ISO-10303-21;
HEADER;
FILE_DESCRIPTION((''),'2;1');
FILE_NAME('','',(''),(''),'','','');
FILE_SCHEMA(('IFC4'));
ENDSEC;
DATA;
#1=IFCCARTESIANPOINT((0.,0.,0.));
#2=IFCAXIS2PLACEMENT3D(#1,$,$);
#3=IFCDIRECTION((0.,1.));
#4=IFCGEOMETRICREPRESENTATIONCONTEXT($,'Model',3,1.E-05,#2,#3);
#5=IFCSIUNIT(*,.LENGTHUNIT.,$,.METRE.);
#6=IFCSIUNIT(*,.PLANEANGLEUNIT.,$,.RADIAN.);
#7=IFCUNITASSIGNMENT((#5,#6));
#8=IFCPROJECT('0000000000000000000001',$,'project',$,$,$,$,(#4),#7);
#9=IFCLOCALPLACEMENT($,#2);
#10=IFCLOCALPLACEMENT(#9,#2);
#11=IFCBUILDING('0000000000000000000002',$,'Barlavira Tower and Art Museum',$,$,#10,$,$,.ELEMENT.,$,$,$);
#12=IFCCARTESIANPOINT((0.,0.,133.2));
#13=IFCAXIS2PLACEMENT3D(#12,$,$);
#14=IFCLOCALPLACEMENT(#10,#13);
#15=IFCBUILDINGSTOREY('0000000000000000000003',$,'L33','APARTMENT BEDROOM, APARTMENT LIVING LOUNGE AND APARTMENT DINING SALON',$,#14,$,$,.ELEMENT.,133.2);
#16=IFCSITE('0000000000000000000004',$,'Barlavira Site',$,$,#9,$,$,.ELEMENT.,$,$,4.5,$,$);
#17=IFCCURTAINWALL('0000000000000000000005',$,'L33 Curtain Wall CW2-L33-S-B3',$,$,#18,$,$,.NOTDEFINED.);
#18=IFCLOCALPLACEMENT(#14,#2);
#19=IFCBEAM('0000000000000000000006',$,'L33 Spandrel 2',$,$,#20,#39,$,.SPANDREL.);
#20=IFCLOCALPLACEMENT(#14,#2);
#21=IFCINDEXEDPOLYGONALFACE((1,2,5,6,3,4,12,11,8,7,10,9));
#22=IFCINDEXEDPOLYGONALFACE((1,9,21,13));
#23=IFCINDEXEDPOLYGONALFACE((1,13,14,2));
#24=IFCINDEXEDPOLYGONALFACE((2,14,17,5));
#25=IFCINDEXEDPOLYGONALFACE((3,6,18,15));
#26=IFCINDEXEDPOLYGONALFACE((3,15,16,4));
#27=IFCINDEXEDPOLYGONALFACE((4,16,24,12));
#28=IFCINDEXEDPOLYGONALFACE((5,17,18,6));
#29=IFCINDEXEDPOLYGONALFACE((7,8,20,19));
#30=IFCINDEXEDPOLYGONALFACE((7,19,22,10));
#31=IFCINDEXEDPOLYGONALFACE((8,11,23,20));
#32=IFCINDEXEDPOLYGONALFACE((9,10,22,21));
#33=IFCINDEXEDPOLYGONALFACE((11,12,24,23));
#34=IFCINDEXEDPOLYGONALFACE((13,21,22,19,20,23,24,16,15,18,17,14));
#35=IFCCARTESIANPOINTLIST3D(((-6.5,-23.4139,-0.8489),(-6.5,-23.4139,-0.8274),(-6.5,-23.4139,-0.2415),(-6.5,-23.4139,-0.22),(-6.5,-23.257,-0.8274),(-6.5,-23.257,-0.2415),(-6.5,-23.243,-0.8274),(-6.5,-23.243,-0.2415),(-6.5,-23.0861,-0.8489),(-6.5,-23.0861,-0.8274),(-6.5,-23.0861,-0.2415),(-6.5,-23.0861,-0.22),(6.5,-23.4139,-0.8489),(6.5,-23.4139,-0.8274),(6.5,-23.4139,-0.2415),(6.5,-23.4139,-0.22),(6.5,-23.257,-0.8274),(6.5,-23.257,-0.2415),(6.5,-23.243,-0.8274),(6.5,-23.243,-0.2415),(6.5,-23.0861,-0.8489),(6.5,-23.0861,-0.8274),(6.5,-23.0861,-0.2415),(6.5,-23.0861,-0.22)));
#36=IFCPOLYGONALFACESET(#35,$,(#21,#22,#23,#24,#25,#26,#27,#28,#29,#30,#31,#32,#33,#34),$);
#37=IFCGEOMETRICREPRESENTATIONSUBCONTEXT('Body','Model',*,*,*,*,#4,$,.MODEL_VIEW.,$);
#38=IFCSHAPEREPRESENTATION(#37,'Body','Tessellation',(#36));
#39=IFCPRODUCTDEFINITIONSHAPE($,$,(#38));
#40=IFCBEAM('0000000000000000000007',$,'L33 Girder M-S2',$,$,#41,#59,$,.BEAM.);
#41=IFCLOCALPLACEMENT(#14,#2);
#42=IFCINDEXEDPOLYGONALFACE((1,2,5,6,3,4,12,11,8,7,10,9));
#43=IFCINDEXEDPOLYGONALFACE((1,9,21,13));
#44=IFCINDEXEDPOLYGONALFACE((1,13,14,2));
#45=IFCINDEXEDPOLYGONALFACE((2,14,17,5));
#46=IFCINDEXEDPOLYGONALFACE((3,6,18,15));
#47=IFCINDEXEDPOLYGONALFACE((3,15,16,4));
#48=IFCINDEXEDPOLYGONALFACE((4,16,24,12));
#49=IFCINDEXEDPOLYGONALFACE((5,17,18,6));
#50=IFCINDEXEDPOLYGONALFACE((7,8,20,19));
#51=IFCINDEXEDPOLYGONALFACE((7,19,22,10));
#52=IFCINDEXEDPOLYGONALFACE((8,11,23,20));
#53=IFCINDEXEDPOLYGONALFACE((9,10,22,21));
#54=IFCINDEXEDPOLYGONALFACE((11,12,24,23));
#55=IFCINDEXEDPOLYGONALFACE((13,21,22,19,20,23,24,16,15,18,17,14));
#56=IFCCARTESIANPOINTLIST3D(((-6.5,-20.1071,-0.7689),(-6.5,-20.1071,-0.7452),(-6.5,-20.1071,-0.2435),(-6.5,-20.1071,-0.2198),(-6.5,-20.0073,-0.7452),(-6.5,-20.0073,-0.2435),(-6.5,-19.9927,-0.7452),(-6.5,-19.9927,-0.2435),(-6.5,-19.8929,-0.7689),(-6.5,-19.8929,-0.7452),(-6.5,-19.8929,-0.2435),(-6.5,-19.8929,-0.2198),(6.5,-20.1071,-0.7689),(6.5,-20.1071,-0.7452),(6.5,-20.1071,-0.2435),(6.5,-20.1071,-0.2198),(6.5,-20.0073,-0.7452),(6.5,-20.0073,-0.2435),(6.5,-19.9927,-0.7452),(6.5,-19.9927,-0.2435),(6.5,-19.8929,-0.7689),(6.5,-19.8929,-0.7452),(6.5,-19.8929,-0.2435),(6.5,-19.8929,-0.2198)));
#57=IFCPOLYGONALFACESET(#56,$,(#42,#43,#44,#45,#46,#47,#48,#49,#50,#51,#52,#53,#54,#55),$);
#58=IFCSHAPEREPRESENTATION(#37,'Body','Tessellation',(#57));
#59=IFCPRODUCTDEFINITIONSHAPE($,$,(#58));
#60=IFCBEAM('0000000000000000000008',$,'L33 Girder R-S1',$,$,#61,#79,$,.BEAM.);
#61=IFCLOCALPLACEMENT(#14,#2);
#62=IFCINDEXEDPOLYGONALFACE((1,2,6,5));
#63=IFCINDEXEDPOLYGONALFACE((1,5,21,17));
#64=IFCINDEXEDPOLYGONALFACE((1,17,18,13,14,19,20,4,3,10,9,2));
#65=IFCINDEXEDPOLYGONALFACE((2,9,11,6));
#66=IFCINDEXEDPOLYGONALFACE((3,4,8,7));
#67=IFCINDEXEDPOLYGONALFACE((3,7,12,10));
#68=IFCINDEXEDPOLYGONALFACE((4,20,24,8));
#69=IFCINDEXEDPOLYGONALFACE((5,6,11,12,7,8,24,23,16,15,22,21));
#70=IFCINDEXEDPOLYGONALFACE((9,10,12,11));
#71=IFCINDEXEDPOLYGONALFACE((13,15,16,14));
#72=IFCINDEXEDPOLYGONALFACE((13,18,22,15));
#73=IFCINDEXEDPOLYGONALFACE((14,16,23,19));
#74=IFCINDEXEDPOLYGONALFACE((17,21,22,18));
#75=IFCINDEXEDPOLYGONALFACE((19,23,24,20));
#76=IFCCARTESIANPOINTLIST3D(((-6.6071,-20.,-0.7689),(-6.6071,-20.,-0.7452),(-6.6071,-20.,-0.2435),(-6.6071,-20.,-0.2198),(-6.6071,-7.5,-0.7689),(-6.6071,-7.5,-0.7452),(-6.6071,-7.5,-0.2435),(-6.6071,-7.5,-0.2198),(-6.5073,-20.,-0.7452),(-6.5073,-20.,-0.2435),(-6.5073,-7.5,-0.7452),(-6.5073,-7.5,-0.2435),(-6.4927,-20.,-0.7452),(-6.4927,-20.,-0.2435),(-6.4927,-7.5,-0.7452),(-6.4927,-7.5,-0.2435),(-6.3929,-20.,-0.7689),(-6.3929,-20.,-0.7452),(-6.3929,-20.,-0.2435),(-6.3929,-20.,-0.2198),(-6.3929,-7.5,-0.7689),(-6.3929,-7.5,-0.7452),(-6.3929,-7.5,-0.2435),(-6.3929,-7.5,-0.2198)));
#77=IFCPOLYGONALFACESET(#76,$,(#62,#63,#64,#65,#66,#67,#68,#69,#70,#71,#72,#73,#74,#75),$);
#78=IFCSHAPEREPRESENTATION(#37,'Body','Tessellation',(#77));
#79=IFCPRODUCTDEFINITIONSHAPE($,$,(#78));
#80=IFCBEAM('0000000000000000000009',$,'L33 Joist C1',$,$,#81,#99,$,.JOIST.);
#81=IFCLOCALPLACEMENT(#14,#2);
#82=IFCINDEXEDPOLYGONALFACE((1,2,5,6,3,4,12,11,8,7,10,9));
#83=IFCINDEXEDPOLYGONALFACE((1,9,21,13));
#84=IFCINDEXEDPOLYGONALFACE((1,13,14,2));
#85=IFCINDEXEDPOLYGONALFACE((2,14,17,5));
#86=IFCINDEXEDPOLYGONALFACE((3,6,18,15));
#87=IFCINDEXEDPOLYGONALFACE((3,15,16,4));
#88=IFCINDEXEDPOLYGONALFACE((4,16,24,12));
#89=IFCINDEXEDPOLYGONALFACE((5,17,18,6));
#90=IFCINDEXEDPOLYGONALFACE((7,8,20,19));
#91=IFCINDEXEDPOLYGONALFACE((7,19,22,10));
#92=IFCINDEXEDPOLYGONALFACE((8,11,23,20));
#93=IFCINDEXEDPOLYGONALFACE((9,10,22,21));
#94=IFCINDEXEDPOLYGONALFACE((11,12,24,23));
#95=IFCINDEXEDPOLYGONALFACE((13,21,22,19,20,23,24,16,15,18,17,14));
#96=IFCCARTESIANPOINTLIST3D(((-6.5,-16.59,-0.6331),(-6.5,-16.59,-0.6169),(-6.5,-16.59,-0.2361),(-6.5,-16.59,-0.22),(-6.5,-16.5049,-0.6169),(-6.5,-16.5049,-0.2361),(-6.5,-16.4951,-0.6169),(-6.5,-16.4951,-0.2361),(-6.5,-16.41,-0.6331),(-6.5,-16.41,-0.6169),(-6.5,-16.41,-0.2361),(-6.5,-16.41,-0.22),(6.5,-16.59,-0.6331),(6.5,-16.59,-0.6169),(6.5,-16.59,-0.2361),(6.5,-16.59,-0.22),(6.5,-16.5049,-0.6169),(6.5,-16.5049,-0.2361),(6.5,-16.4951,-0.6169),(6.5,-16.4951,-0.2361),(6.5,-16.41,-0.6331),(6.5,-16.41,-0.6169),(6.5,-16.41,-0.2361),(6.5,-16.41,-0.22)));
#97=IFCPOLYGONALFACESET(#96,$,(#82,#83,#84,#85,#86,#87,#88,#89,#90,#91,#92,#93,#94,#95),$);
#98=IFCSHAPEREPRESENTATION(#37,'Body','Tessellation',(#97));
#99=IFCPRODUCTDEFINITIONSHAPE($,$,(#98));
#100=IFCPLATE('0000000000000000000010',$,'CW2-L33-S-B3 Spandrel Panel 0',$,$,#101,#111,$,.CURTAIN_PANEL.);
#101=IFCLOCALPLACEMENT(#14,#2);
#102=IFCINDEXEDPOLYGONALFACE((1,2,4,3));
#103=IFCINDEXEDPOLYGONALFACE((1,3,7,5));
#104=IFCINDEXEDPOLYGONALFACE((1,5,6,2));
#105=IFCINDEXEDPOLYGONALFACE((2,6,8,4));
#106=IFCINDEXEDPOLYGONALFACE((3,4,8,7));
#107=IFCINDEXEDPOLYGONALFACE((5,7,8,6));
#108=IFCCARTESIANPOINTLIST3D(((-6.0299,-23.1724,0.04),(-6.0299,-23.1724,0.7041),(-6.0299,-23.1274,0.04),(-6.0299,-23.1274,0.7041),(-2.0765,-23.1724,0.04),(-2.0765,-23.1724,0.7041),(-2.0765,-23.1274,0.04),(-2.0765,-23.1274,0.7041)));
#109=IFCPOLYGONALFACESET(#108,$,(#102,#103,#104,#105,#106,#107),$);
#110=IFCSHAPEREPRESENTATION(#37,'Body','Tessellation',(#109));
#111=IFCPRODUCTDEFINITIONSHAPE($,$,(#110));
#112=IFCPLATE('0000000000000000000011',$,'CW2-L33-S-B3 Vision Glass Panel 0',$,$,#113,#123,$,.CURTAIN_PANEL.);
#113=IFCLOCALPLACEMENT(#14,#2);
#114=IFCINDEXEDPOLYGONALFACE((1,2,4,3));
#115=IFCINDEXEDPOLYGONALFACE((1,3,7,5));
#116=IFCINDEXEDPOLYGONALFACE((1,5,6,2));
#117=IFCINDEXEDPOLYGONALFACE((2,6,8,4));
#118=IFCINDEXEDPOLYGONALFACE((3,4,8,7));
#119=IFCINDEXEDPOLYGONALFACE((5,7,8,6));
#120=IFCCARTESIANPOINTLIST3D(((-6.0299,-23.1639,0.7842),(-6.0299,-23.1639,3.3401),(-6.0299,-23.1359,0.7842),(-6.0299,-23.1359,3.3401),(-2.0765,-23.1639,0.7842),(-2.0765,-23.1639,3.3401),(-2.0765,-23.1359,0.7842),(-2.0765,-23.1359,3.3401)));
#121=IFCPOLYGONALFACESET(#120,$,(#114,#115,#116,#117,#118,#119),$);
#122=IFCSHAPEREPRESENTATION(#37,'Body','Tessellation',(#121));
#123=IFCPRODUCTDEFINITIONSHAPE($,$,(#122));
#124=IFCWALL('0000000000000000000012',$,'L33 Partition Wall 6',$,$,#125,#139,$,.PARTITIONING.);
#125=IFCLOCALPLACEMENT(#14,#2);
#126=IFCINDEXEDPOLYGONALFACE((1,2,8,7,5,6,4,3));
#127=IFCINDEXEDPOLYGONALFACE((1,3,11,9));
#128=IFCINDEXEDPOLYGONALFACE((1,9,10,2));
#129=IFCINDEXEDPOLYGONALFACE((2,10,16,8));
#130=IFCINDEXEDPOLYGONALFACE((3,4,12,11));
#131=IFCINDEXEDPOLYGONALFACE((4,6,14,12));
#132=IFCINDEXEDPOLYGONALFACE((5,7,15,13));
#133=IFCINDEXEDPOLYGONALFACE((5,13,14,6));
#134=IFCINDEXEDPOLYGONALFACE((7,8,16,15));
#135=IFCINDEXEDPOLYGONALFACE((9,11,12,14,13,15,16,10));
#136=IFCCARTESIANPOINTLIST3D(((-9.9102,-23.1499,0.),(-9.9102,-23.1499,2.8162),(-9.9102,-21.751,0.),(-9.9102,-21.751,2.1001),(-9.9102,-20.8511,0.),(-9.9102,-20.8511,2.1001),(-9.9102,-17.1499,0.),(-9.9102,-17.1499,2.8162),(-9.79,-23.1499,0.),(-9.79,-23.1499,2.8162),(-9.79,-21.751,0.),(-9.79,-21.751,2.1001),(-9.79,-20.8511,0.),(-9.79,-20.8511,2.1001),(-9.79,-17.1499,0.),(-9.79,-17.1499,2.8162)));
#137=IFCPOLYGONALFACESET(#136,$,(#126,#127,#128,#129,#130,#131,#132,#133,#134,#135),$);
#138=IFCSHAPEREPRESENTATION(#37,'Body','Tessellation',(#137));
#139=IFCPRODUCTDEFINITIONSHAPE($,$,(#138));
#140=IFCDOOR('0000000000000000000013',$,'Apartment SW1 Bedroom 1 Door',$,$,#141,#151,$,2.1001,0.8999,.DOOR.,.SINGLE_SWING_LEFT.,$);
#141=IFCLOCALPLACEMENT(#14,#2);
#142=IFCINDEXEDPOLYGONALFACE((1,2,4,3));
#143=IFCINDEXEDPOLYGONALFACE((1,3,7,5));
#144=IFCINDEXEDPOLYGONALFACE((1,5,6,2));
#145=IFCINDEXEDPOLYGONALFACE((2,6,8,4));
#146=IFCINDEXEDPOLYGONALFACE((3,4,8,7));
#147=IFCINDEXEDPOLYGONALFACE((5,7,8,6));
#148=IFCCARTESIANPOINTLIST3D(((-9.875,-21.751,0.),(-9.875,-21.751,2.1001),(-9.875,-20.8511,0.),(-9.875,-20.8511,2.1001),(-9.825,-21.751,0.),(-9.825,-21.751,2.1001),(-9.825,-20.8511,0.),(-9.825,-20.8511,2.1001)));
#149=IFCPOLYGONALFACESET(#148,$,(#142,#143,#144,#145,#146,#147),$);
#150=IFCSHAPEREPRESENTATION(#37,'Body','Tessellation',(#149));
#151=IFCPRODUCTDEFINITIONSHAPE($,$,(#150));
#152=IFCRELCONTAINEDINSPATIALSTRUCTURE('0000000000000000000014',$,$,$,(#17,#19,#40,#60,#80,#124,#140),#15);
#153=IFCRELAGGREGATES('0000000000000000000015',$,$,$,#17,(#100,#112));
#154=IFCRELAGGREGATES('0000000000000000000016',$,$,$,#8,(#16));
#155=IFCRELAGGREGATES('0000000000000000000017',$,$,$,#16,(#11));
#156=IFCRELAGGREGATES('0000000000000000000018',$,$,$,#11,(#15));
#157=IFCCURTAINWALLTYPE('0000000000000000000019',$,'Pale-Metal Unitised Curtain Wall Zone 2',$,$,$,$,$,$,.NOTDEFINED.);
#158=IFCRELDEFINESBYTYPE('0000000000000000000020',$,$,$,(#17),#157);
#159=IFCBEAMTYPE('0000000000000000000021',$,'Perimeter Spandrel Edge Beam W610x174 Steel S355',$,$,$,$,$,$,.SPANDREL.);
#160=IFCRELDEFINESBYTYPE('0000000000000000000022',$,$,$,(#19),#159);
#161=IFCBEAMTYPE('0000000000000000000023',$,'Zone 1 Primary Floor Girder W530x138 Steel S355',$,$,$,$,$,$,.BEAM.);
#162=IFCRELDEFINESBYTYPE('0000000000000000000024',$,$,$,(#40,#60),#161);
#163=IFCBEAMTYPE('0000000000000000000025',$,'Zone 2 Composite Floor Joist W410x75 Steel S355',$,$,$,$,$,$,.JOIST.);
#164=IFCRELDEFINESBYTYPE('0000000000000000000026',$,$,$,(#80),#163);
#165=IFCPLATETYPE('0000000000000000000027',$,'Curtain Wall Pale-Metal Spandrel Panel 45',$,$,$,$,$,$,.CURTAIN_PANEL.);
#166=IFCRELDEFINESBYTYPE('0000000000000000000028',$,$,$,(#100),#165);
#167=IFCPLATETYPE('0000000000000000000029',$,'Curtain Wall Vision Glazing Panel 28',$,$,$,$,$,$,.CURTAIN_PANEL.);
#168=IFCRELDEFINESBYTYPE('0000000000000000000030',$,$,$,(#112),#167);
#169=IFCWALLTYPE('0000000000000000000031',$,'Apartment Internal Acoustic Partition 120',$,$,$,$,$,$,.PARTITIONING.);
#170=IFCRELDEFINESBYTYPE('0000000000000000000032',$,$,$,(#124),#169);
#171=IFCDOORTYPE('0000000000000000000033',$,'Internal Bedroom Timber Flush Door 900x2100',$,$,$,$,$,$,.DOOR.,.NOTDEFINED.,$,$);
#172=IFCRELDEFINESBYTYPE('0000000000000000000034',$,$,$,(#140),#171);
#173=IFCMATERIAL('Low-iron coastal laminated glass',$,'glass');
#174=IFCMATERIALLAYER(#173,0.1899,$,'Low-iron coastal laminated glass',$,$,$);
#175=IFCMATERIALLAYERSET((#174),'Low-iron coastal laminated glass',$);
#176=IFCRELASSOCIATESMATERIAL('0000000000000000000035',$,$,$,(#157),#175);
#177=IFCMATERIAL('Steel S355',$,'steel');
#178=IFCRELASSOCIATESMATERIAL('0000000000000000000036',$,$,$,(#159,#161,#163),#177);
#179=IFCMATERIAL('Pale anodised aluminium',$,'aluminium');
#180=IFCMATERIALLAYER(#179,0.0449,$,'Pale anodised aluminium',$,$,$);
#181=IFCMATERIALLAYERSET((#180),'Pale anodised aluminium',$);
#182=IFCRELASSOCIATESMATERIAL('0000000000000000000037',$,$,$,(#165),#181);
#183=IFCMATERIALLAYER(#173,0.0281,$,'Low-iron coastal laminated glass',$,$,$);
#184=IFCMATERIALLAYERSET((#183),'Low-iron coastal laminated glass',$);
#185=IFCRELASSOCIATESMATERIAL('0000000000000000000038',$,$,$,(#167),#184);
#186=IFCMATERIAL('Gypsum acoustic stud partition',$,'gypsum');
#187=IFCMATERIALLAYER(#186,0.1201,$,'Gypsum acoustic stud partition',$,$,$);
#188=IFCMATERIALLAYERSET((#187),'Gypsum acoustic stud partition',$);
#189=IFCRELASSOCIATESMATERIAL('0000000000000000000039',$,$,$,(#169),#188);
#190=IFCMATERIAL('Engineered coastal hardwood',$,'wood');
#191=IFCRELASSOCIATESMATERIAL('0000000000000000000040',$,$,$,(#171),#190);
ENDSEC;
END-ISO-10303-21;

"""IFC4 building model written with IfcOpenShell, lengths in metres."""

from ifc_helpers import new_model, si_unit, direction, frame, frame_2d, origin, origin_2d, place, context, subcontext, project, spatial, rectangle, i_section, extrude, material, layer, layer_set, material_profile, profile_set, type_object, element, fill, aggregate, save


model = new_model("IFC4")

# Units and contexts
model_context = context("Model", 3, precision=1e-05, world=origin(), true_north=direction((0.0, 1.0)))
body_context = subcontext(model_context, "Body", "Model", "MODEL_VIEW")
ifc_project = project(units=[si_unit("LENGTHUNIT", "METRE"), si_unit("PLANEANGLEUNIT", "RADIAN")], contexts=[model_context])

# Site, building, storey
site_placement = place(None, origin())
site = spatial("IfcSite", under=ifc_project, at=site_placement, Name="Barlavira Site", CompositionType="ELEMENT", RefElevation=4.5)
building_placement = place(site_placement, origin())
building = spatial("IfcBuilding", under=site, at=building_placement, Name="Barlavira Tower and Art Museum", CompositionType="ELEMENT")
storey_placement = place(building_placement, frame((0.0, 0.0, 133.2)))
storey = spatial("IfcBuildingStorey", under=building, at=storey_placement, Name="L33", Description="APARTMENT BEDROOM, APARTMENT LIVING LOUNGE AND APARTMENT DINING SALON", CompositionType="ELEMENT", Elevation=133.2)

# Curtain wall
ifc_material_1 = material(Name="Low-iron coastal laminated glass", Category="glass")
ifc_layer_1 = layer(ifc_material_1, 0.1899, Name="Low-iron coastal laminated glass")
ifc_layer_set_1 = layer_set([ifc_layer_1], Name="Low-iron coastal laminated glass")
curtain_wall_type = type_object("IfcCurtainWallType", Name="Pale-Metal Unitised Curtain Wall Zone 2", PredefinedType="NOTDEFINED", material=ifc_layer_set_1)
curtain_wall_placement = place(storey_placement, origin())
curtain_wall = element("IfcCurtainWall", 1, at=curtain_wall_placement, inside=storey, type_object=curtain_wall_type, Name="L33 Curtain Wall CW2-L33-S-B3", PredefinedType="NOTDEFINED")
ifc_material_2 = material(Name="Pale anodised aluminium", Category="aluminium")

# Beams
ifc_material_3 = material(Name="Steel S355", Category="steel")
ifc_material_profile_1 = material_profile(ifc_material_3, i_section(OverallWidth=0.3279, OverallDepth=0.6289, WebThickness=0.0139, FlangeThickness=0.0215, at=origin_2d()), Name="W610x174.0")
ifc_profile_set_1 = profile_set([ifc_material_profile_1], Name="Steel S355")
beam_type_1 = type_object("IfcBeamType", Name="Perimeter Spandrel Edge Beam W610x174 Steel S355", PredefinedType="SPANDREL", material=ifc_profile_set_1)
beam_1_placement = place(storey_placement, frame((-6.5, -23.25, -0.5344), z_axis=(1.0, 0.0, 0.0), x_axis=(0.0, 1.0, 0.0)))
element("IfcBeam", 2, at=beam_1_placement, inside=storey, type_object=beam_type_1, Name="L33 Spandrel 2", PredefinedType="SPANDREL", context=body_context, shape_type="SweptSolid", body=[
    extrude(i_section(OverallWidth=0.3279, OverallDepth=0.6289, WebThickness=0.0139, FlangeThickness=0.0215, at=origin_2d()), origin(), (0.0, 0.0, 1.0), 13.0),
])
ifc_material_profile_2 = material_profile(ifc_material_3, i_section(OverallWidth=0.2141, OverallDepth=0.5491, WebThickness=0.0146, FlangeThickness=0.0237, at=origin_2d()), Name="W530x138.0")
ifc_profile_set_2 = profile_set([ifc_material_profile_2], Name="Steel S355")
beam_type_2 = type_object("IfcBeamType", Name="Zone 1 Primary Floor Girder W530x138 Steel S355", PredefinedType="BEAM", material=ifc_profile_set_2)
beam_2_placement = place(storey_placement, frame((-6.5, -20.0, -0.4944), z_axis=(1.0, 0.0, 0.0), x_axis=(0.0, 1.0, 0.0)))
element("IfcBeam", 3, at=beam_2_placement, inside=storey, type_object=beam_type_2, Name="L33 Girder M-S2", PredefinedType="BEAM", context=body_context, shape_type="SweptSolid", body=[
    extrude(i_section(OverallWidth=0.2141, OverallDepth=0.5491, WebThickness=0.0146, FlangeThickness=0.0237, at=origin_2d()), origin(), (0.0, 0.0, 1.0), 13.0),
])
beam_3_placement = place(storey_placement, frame((-6.5, -20.0, -0.4944), z_axis=(0.0, 1.0, 0.0), x_axis=(-1.0, 0.0, 0.0)))
element("IfcBeam", 4, at=beam_3_placement, inside=storey, type_object=beam_type_2, Name="L33 Girder R-S1", PredefinedType="BEAM", context=body_context, shape_type="SweptSolid", body=[
    extrude(i_section(OverallWidth=0.2141, OverallDepth=0.5491, WebThickness=0.0146, FlangeThickness=0.0237, at=origin_2d()), origin(), (0.0, 0.0, 1.0), 12.5),
])
ifc_material_profile_3 = material_profile(ifc_material_3, i_section(OverallWidth=0.1799, OverallDepth=0.4131, WebThickness=0.0098, FlangeThickness=0.0161, at=origin_2d()), Name="W410x75.0")
ifc_profile_set_3 = profile_set([ifc_material_profile_3], Name="Steel S355")
beam_type_3 = type_object("IfcBeamType", Name="Zone 2 Composite Floor Joist W410x75 Steel S355", PredefinedType="JOIST", material=ifc_profile_set_3)
beam_4_placement = place(storey_placement, frame((-6.5, -16.5, -0.4265), z_axis=(1.0, 0.0, 0.0), x_axis=(0.0, 1.0, 0.0)))
element("IfcBeam", 5, at=beam_4_placement, inside=storey, type_object=beam_type_3, Name="L33 Joist C1", PredefinedType="JOIST", context=body_context, shape_type="SweptSolid", body=[
    extrude(i_section(OverallWidth=0.1799, OverallDepth=0.4131, WebThickness=0.0098, FlangeThickness=0.0161, at=origin_2d()), origin(), (0.0, 0.0, 1.0), 13.0),
])

# Plates
ifc_layer_2 = layer(ifc_material_2, 0.0449, Name="Pale anodised aluminium")
ifc_layer_set_2 = layer_set([ifc_layer_2], Name="Pale anodised aluminium")
plate_type_1 = type_object("IfcPlateType", Name="Curtain Wall Pale-Metal Spandrel Panel 45", PredefinedType="CURTAIN_PANEL", material=ifc_layer_set_2)
plate_1_placement = place(storey_placement, frame((-4.0532, -23.1499, 0.04), z_axis=(0.0, 0.0, 1.0), x_axis=(1.0, 0.0, 0.0)))
plate_1 = element("IfcPlate", 6, at=plate_1_placement, type_object=plate_type_1, Name="CW2-L33-S-B3 Spandrel Panel 0", PredefinedType="CURTAIN_PANEL", context=body_context, shape_type="SweptSolid", body=[
    extrude(rectangle(XDim=3.9534, YDim=0.0449, at=origin_2d()), origin(), (0.0, 0.0, 1.0), 0.6641),
])
ifc_layer_3 = layer(ifc_material_1, 0.0281, Name="Low-iron coastal laminated glass")
ifc_layer_set_3 = layer_set([ifc_layer_3], Name="Low-iron coastal laminated glass")
plate_type_2 = type_object("IfcPlateType", Name="Curtain Wall Vision Glazing Panel 28", PredefinedType="CURTAIN_PANEL", material=ifc_layer_set_3)
plate_2_placement = place(storey_placement, frame((-4.0532, -23.1499, 0.7842), z_axis=(0.0, 0.0, 1.0), x_axis=(1.0, 0.0, 0.0)))
plate_2 = element("IfcPlate", 7, at=plate_2_placement, type_object=plate_type_2, Name="CW2-L33-S-B3 Vision Glass Panel 0", PredefinedType="CURTAIN_PANEL", context=body_context, shape_type="SweptSolid", body=[
    extrude(rectangle(XDim=3.9534, YDim=0.0281, at=origin_2d()), origin(), (0.0, 0.0, 1.0), 2.5559),
])
aggregate(curtain_wall, [plate_1, plate_2])

# Wall, opening, door
ifc_material_4 = material(Name="Gypsum acoustic stud partition", Category="gypsum")
ifc_layer_4 = layer(ifc_material_4, 0.1201, Name="Gypsum acoustic stud partition")
ifc_layer_set_4 = layer_set([ifc_layer_4], Name="Gypsum acoustic stud partition")
wall_type_1 = type_object("IfcWallType", Name="Apartment Internal Acoustic Partition 120", PredefinedType="PARTITIONING", material=ifc_layer_set_4)
wall_1_placement = place(storey_placement, frame((-9.8501, -23.1499, 0.0), z_axis=(0.0, 0.0, 1.0), x_axis=(0.0, 1.0, 0.0)))
wall_1 = element("IfcWall", 8, at=wall_1_placement, inside=storey, type_object=wall_type_1, Name="L33 Partition Wall 6", PredefinedType="PARTITIONING", context=body_context, shape_type="SweptSolid", body=[
    extrude(rectangle(XDim=6.0, YDim=0.1201, at=frame_2d((3.0, 0.0))), origin(), (0.0, 0.0, 1.0), 2.8162),
])
opening_1_placement = place(wall_1_placement, frame((1.3989, 0.0, 0.0)))
opening_1 = element("IfcOpeningElement", 9, at=opening_1_placement, cuts=wall_1, PredefinedType="OPENING", context=body_context, shape_type="SweptSolid", body=[
    extrude(rectangle(XDim=0.8999, YDim=2.1001, at=frame_2d((0.45, 1.05))), frame((0.0, 0.0701, 0.0), z_axis=(0.0, -1.0, 0.0), x_axis=(1.0, 0.0, 0.0)), (0.0, 0.0, 1.0), 0.1401),
])
ifc_material_5 = material(Name="Engineered coastal hardwood", Category="wood")
door_type_1 = type_object("IfcDoorType", Name="Internal Bedroom Timber Flush Door 900x2100", OperationType="NOTDEFINED", PredefinedType="DOOR", material=ifc_material_5)
door_1_placement = place(opening_1_placement, origin())
door_1 = element("IfcDoor", 10, at=door_1_placement, inside=storey, type_object=door_type_1, Name="Apartment SW1 Bedroom 1 Door", OperationType="SINGLE_SWING_LEFT", OverallHeight=2.1001, OverallWidth=0.8999, PredefinedType="DOOR", context=body_context, shape_type="SweptSolid", body=[
    extrude(rectangle(XDim=0.8999, YDim=2.1001, at=frame_2d((0.45, 1.05))), frame((0.0, 0.0249, 0.0), z_axis=(0.0, -1.0, 0.0), x_axis=(1.0, 0.0, 0.0)), (0.0, 0.0, 1.0), 0.05),
])
fill(opening_1, door_1)

save(model, "model.ifc")
